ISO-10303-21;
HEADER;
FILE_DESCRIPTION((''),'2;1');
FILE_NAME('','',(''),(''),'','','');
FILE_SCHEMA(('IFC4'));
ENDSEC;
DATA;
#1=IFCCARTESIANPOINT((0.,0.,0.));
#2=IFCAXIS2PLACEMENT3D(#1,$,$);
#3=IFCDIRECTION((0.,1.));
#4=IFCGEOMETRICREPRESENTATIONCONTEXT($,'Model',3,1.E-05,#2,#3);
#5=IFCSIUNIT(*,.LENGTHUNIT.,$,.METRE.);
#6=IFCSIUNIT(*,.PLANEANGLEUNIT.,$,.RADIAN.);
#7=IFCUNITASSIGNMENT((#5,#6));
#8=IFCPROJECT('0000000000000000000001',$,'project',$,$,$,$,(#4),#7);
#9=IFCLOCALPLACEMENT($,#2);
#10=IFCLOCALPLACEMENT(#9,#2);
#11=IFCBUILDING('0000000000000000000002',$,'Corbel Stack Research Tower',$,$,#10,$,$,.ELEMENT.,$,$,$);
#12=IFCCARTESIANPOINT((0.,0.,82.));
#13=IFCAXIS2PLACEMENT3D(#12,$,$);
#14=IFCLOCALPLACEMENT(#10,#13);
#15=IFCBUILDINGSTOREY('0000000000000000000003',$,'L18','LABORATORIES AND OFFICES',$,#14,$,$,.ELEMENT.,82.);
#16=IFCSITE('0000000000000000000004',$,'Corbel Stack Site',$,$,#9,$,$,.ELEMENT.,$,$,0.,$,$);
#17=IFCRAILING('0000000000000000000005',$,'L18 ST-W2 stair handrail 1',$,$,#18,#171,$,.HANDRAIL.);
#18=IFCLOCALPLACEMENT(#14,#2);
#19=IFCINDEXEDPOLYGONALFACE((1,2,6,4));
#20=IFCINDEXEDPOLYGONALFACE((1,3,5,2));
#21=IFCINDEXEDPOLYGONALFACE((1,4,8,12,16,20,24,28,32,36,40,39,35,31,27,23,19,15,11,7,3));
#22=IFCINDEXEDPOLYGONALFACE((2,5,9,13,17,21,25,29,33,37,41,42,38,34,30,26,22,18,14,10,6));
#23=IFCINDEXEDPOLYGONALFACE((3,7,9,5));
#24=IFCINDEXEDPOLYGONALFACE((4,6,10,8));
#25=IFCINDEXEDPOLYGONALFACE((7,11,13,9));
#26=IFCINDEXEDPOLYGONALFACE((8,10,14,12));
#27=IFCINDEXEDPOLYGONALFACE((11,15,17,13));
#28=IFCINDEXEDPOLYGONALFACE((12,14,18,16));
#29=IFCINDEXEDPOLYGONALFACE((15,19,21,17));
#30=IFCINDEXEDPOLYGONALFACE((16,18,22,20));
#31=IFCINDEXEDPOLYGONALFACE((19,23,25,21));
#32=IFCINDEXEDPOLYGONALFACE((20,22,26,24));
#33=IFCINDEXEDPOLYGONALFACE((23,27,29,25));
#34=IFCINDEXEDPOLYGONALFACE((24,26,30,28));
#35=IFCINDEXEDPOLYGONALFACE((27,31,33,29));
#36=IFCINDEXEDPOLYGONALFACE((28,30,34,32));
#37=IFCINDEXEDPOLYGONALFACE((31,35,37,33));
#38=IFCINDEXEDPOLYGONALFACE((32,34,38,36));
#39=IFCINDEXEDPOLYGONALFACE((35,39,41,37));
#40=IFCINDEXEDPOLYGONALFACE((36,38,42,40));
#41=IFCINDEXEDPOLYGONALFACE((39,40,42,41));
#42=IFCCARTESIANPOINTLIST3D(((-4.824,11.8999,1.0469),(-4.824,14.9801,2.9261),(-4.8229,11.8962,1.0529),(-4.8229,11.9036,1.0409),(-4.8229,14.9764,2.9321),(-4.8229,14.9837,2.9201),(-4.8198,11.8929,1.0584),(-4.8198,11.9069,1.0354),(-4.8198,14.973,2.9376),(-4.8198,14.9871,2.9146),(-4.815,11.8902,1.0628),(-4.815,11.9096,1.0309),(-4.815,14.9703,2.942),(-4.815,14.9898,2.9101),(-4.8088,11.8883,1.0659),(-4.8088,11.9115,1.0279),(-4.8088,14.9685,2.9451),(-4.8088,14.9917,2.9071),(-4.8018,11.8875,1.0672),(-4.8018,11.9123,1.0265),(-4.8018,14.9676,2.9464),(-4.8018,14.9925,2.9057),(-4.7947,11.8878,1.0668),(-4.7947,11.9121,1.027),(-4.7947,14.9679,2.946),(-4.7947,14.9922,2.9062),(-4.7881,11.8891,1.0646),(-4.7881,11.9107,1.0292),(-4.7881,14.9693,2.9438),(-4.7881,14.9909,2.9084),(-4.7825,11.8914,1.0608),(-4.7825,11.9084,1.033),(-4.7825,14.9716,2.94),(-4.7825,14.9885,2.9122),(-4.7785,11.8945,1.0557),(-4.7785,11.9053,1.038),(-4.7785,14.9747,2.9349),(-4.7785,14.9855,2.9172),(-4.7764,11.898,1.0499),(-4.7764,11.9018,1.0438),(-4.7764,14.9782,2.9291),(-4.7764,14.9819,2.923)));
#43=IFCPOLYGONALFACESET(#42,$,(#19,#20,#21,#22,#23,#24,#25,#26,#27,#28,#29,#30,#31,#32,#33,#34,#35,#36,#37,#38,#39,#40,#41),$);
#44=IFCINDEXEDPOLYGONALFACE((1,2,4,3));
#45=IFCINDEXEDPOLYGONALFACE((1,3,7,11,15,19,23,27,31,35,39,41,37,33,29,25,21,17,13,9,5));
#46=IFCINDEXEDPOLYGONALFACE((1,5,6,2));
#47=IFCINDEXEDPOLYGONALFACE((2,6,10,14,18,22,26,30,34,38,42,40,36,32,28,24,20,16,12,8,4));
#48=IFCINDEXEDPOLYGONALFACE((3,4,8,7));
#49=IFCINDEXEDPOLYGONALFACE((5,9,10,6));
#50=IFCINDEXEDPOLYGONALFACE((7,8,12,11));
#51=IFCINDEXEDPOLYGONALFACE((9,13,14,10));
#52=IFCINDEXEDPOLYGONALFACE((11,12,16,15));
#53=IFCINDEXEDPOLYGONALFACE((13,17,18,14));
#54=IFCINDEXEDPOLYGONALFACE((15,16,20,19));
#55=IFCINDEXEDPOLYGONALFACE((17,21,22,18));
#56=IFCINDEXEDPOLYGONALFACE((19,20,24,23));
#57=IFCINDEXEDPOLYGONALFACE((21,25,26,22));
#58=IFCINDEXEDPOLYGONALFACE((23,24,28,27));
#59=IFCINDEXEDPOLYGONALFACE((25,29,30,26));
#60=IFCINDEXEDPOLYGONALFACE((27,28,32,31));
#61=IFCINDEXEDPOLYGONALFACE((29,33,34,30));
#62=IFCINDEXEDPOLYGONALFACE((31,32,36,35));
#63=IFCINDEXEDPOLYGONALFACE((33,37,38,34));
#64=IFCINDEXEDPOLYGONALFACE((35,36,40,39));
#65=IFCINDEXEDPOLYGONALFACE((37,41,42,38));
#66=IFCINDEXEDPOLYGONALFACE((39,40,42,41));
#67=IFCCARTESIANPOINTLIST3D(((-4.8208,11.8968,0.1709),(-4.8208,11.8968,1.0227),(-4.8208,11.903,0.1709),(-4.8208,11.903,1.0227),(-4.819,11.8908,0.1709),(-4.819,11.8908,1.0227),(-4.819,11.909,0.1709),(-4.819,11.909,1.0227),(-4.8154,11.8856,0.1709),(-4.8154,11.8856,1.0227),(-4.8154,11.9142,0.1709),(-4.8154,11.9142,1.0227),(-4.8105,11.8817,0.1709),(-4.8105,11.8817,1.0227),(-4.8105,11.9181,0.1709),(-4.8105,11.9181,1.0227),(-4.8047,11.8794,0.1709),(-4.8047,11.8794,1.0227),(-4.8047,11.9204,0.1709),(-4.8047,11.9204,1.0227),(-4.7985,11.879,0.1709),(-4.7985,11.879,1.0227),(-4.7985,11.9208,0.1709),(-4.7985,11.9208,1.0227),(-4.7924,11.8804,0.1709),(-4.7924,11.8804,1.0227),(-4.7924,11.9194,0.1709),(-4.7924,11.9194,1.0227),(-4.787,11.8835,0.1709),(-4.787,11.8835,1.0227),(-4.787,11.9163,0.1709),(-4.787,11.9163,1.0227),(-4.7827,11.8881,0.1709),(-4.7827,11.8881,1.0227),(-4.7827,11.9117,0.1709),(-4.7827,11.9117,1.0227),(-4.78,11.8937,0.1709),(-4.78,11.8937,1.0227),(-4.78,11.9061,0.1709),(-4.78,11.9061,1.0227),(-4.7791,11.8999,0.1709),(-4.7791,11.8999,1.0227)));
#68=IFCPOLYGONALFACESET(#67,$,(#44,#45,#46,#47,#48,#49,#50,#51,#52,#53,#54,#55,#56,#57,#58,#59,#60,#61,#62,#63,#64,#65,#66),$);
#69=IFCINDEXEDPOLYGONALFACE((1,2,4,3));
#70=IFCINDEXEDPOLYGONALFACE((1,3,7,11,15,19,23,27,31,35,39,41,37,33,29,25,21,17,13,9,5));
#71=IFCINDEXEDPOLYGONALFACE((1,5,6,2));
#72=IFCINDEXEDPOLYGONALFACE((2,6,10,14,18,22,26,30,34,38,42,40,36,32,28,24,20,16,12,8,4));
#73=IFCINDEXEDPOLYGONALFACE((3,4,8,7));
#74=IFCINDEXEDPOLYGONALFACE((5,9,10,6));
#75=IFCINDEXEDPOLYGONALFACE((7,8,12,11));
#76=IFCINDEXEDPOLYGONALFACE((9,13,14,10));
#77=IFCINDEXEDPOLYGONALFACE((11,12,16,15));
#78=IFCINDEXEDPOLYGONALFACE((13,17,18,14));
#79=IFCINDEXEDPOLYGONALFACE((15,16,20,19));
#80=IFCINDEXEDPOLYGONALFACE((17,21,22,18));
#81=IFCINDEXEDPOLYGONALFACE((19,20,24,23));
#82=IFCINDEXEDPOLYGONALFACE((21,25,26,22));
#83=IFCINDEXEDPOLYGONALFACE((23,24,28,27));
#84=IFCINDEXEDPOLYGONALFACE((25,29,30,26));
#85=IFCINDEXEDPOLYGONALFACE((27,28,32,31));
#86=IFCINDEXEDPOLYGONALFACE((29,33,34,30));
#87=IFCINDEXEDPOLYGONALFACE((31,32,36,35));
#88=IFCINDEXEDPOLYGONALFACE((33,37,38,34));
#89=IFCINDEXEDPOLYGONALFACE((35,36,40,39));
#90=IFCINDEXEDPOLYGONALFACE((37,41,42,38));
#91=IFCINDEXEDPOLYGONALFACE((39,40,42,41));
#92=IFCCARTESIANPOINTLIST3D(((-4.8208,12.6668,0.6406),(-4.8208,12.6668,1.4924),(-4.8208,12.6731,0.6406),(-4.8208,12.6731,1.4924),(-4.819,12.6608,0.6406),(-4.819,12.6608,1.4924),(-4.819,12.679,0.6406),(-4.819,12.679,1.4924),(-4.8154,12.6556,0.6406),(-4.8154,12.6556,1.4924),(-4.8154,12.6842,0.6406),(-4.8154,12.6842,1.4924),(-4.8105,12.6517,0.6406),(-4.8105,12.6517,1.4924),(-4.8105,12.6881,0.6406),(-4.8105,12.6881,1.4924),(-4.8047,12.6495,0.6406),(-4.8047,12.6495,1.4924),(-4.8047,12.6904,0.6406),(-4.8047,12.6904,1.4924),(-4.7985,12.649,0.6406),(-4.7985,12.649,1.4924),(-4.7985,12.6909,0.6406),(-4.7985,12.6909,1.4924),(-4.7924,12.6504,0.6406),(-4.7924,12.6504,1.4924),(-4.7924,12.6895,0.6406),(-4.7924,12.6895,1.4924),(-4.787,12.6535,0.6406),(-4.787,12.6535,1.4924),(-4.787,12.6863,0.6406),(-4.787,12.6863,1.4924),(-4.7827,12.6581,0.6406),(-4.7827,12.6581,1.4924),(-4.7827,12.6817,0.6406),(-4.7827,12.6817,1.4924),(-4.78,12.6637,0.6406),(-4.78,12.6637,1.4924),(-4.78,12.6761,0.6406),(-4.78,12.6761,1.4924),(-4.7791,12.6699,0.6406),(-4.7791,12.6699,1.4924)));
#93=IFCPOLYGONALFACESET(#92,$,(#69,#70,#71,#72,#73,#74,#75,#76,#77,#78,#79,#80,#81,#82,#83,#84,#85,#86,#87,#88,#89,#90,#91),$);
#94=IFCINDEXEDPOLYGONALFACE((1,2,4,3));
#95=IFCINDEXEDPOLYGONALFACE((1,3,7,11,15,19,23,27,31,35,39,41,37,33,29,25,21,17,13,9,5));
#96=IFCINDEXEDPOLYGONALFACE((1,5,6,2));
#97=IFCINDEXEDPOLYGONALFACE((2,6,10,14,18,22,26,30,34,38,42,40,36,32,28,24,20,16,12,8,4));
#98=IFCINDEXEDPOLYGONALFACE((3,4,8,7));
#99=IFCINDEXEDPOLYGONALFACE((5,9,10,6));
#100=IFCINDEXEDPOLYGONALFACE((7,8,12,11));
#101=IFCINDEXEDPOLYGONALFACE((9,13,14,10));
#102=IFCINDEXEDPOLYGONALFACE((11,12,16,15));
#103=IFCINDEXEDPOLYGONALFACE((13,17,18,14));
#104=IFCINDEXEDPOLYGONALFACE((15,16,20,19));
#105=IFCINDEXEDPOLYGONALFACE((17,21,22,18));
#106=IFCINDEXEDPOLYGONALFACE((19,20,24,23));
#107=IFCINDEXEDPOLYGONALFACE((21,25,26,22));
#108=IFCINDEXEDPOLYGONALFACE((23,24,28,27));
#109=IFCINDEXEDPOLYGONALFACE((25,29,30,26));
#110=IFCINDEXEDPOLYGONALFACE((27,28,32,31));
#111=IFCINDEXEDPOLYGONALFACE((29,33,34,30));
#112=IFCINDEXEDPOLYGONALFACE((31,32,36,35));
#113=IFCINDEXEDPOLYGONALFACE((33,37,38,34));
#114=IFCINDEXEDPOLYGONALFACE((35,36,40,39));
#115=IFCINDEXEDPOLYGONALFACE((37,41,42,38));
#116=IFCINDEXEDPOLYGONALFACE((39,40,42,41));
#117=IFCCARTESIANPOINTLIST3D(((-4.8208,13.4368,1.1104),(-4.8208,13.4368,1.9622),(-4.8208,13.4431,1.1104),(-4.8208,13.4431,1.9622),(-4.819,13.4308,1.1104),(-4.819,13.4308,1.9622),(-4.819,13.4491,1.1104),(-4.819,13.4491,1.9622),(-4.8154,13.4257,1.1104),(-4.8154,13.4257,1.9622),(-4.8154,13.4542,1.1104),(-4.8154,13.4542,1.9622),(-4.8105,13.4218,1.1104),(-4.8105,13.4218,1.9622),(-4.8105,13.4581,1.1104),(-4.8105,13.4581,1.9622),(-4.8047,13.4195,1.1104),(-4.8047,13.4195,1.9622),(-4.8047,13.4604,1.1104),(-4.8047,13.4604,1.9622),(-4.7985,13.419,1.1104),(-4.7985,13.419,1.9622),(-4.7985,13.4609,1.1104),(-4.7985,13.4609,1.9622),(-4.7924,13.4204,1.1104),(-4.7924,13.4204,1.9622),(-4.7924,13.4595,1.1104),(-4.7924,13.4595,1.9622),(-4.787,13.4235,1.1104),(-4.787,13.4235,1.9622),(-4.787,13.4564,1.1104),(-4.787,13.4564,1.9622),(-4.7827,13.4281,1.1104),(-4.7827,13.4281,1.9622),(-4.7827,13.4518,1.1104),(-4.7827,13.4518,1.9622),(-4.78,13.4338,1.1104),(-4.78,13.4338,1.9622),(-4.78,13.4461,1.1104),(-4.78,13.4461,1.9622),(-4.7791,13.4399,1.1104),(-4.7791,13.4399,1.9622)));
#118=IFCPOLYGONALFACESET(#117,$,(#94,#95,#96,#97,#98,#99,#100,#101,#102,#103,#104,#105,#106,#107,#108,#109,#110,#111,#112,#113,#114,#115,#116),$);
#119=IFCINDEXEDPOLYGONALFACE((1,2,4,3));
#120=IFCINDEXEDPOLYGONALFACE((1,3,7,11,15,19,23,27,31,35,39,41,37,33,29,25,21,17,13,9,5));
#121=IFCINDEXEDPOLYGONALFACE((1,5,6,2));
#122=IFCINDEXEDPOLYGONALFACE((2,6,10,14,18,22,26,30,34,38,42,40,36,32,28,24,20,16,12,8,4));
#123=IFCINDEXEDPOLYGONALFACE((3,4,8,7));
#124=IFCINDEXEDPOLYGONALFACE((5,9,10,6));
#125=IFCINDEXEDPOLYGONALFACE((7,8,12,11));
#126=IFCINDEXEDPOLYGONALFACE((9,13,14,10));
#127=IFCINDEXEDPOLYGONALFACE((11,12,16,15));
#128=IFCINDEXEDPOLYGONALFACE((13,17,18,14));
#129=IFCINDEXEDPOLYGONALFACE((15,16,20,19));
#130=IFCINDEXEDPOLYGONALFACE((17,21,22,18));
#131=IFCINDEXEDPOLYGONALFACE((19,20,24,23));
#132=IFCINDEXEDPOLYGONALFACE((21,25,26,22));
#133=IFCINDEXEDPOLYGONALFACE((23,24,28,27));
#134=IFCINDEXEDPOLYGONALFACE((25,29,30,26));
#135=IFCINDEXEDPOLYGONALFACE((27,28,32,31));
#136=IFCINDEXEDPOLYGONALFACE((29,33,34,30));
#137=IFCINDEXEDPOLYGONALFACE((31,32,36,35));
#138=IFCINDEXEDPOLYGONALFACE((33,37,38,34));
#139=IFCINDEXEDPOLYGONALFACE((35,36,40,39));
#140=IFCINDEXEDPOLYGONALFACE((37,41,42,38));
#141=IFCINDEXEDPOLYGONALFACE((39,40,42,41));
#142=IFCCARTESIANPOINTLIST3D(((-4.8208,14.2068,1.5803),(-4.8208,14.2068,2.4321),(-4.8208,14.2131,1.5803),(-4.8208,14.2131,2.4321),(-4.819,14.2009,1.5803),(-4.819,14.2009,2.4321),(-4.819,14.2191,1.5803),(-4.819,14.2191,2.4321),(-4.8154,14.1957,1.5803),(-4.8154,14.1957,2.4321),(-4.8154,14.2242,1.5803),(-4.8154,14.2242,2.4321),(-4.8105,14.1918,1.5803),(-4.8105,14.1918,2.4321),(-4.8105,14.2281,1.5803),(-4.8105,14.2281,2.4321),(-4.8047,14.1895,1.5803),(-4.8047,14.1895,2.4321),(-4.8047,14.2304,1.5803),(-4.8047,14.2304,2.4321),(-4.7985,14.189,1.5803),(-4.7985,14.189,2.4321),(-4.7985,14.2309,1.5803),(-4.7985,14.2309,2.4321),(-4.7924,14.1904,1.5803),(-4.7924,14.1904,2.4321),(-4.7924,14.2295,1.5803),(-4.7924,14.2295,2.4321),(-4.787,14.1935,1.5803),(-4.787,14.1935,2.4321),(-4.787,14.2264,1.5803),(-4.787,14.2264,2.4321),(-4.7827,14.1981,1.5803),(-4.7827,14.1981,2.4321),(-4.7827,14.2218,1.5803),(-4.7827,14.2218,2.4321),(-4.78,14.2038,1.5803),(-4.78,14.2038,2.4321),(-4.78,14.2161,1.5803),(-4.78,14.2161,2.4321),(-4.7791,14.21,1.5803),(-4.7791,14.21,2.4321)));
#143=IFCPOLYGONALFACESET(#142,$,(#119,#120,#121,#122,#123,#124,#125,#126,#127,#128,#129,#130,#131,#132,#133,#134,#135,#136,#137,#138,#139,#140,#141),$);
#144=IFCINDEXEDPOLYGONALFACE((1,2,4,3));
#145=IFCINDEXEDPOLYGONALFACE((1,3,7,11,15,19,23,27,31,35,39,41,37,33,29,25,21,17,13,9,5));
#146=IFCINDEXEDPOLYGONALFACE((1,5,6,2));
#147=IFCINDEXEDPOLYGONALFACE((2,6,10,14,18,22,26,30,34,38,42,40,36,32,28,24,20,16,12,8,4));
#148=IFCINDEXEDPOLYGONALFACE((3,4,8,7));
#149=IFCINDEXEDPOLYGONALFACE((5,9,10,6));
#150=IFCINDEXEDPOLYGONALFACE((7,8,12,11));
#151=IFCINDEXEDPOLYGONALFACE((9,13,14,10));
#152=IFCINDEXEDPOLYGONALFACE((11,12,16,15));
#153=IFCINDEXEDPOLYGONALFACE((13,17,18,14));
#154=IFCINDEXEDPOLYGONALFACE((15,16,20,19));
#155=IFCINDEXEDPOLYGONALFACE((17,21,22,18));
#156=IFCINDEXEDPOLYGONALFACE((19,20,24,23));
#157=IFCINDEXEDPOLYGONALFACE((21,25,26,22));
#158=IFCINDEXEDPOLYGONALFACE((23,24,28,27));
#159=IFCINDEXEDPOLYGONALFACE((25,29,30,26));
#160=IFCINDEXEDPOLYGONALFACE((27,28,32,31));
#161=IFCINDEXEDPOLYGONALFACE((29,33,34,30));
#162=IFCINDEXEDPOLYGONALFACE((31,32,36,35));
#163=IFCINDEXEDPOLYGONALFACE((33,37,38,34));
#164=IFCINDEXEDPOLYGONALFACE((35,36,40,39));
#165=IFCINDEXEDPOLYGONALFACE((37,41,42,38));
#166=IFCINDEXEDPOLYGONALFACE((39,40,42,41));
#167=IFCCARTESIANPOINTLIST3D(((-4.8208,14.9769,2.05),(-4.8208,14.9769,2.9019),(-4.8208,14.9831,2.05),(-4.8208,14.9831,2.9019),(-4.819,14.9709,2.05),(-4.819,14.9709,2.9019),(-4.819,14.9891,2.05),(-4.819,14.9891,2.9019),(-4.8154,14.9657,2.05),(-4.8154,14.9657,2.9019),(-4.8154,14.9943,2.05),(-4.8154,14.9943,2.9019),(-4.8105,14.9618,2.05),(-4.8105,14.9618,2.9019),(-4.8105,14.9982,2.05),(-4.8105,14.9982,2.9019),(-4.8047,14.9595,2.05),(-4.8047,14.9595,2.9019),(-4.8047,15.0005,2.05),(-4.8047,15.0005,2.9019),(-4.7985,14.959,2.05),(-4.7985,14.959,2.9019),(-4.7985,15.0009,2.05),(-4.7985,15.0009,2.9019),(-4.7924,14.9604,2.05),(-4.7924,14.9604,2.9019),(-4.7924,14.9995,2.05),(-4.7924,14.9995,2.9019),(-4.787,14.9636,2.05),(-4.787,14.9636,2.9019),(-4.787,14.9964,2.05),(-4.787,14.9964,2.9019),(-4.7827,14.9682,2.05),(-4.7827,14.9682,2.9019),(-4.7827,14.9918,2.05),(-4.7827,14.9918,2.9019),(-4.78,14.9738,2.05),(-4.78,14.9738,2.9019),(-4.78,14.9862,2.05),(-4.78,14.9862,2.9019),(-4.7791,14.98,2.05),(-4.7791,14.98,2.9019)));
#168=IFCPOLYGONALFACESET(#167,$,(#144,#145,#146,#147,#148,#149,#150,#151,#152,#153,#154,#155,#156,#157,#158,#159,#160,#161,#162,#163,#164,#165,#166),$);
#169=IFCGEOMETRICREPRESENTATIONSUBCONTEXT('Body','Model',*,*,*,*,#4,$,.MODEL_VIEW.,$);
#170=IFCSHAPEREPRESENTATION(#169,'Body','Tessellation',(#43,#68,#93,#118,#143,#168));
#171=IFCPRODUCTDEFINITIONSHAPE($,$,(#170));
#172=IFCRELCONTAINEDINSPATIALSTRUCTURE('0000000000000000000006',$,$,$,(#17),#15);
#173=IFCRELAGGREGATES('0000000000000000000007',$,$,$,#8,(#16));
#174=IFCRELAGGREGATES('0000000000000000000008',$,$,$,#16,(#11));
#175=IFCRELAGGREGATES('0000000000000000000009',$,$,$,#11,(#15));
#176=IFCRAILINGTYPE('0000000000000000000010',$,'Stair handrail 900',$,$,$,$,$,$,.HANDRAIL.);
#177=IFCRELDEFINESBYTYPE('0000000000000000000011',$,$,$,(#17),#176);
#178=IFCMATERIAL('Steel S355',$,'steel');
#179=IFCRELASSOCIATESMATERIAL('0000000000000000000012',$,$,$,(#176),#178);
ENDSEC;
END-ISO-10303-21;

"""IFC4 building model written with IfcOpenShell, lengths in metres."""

from ifc_helpers import new_model, si_unit, direction, frame, origin, origin_2d, place, context, subcontext, project, spatial, circle, extrude, material, type_object, element, save


model = new_model("IFC4")

# Units and contexts
model_context = context("Model", 3, precision=1e-05, world=origin(), true_north=direction((0.0, 1.0)))
body_context = subcontext(model_context, "Body", "Model", "MODEL_VIEW")
ifc_project = project(units=[si_unit("LENGTHUNIT", "METRE"), si_unit("PLANEANGLEUNIT", "RADIAN")], contexts=[model_context])

# Site, building, storey
site_placement = place(None, origin())
site = spatial("IfcSite", under=ifc_project, at=site_placement, Name="Corbel Stack Site", CompositionType="ELEMENT", RefElevation=0.0)
building_placement = place(site_placement, origin())
building = spatial("IfcBuilding", under=site, at=building_placement, Name="Corbel Stack Research Tower", CompositionType="ELEMENT")
storey_placement = place(building_placement, frame((0.0, 0.0, 82.0)))
storey = spatial("IfcBuildingStorey", under=building, at=storey_placement, Name="L18", Description="LABORATORIES AND OFFICES", CompositionType="ELEMENT", Elevation=82.0)

# Railing
ifc_material_1 = material(Name="Steel S355", Category="steel")
railing_type_1 = type_object("IfcRailingType", Name="Stair handrail 900", PredefinedType="HANDRAIL", material=ifc_material_1)
railing_1_placement = place(storey_placement, frame((-4.8, 11.8999, 0.1709)))
element("IfcRailing", 1, at=railing_1_placement, inside=storey, type_object=railing_type_1, Name="L18 ST-W2 stair handrail 1", PredefinedType="HANDRAIL", context=body_context, shape_type="SweptSolid", body=[
    extrude(circle(Radius=0.0239, at=origin_2d()), frame((0.0, 0.0, 0.876), z_axis=(0.0, 0.853666, 0.52082), x_axis=(-1.0, 0.0, 0.0)), (0.0, 0.0, 1.0), 3.6082),
    extrude(circle(Radius=0.021, at=origin_2d()), origin(), (0.0, 0.0, 1.0), 0.8518),
    extrude(circle(Radius=0.021, at=origin_2d()), frame((0.0, 0.77, 0.4697)), (0.0, 0.0, 1.0), 0.8518),
    extrude(circle(Radius=0.021, at=origin_2d()), frame((0.0, 1.54, 0.9395)), (0.0, 0.0, 1.0), 0.8518),
    extrude(circle(Radius=0.021, at=origin_2d()), frame((0.0, 2.3101, 1.4094)), (0.0, 0.0, 1.0), 0.8518),
    extrude(circle(Radius=0.021, at=origin_2d()), frame((0.0, 3.0801, 1.8792)), (0.0, 0.0, 1.0), 0.8518),
])

save(model, "model.ifc")
